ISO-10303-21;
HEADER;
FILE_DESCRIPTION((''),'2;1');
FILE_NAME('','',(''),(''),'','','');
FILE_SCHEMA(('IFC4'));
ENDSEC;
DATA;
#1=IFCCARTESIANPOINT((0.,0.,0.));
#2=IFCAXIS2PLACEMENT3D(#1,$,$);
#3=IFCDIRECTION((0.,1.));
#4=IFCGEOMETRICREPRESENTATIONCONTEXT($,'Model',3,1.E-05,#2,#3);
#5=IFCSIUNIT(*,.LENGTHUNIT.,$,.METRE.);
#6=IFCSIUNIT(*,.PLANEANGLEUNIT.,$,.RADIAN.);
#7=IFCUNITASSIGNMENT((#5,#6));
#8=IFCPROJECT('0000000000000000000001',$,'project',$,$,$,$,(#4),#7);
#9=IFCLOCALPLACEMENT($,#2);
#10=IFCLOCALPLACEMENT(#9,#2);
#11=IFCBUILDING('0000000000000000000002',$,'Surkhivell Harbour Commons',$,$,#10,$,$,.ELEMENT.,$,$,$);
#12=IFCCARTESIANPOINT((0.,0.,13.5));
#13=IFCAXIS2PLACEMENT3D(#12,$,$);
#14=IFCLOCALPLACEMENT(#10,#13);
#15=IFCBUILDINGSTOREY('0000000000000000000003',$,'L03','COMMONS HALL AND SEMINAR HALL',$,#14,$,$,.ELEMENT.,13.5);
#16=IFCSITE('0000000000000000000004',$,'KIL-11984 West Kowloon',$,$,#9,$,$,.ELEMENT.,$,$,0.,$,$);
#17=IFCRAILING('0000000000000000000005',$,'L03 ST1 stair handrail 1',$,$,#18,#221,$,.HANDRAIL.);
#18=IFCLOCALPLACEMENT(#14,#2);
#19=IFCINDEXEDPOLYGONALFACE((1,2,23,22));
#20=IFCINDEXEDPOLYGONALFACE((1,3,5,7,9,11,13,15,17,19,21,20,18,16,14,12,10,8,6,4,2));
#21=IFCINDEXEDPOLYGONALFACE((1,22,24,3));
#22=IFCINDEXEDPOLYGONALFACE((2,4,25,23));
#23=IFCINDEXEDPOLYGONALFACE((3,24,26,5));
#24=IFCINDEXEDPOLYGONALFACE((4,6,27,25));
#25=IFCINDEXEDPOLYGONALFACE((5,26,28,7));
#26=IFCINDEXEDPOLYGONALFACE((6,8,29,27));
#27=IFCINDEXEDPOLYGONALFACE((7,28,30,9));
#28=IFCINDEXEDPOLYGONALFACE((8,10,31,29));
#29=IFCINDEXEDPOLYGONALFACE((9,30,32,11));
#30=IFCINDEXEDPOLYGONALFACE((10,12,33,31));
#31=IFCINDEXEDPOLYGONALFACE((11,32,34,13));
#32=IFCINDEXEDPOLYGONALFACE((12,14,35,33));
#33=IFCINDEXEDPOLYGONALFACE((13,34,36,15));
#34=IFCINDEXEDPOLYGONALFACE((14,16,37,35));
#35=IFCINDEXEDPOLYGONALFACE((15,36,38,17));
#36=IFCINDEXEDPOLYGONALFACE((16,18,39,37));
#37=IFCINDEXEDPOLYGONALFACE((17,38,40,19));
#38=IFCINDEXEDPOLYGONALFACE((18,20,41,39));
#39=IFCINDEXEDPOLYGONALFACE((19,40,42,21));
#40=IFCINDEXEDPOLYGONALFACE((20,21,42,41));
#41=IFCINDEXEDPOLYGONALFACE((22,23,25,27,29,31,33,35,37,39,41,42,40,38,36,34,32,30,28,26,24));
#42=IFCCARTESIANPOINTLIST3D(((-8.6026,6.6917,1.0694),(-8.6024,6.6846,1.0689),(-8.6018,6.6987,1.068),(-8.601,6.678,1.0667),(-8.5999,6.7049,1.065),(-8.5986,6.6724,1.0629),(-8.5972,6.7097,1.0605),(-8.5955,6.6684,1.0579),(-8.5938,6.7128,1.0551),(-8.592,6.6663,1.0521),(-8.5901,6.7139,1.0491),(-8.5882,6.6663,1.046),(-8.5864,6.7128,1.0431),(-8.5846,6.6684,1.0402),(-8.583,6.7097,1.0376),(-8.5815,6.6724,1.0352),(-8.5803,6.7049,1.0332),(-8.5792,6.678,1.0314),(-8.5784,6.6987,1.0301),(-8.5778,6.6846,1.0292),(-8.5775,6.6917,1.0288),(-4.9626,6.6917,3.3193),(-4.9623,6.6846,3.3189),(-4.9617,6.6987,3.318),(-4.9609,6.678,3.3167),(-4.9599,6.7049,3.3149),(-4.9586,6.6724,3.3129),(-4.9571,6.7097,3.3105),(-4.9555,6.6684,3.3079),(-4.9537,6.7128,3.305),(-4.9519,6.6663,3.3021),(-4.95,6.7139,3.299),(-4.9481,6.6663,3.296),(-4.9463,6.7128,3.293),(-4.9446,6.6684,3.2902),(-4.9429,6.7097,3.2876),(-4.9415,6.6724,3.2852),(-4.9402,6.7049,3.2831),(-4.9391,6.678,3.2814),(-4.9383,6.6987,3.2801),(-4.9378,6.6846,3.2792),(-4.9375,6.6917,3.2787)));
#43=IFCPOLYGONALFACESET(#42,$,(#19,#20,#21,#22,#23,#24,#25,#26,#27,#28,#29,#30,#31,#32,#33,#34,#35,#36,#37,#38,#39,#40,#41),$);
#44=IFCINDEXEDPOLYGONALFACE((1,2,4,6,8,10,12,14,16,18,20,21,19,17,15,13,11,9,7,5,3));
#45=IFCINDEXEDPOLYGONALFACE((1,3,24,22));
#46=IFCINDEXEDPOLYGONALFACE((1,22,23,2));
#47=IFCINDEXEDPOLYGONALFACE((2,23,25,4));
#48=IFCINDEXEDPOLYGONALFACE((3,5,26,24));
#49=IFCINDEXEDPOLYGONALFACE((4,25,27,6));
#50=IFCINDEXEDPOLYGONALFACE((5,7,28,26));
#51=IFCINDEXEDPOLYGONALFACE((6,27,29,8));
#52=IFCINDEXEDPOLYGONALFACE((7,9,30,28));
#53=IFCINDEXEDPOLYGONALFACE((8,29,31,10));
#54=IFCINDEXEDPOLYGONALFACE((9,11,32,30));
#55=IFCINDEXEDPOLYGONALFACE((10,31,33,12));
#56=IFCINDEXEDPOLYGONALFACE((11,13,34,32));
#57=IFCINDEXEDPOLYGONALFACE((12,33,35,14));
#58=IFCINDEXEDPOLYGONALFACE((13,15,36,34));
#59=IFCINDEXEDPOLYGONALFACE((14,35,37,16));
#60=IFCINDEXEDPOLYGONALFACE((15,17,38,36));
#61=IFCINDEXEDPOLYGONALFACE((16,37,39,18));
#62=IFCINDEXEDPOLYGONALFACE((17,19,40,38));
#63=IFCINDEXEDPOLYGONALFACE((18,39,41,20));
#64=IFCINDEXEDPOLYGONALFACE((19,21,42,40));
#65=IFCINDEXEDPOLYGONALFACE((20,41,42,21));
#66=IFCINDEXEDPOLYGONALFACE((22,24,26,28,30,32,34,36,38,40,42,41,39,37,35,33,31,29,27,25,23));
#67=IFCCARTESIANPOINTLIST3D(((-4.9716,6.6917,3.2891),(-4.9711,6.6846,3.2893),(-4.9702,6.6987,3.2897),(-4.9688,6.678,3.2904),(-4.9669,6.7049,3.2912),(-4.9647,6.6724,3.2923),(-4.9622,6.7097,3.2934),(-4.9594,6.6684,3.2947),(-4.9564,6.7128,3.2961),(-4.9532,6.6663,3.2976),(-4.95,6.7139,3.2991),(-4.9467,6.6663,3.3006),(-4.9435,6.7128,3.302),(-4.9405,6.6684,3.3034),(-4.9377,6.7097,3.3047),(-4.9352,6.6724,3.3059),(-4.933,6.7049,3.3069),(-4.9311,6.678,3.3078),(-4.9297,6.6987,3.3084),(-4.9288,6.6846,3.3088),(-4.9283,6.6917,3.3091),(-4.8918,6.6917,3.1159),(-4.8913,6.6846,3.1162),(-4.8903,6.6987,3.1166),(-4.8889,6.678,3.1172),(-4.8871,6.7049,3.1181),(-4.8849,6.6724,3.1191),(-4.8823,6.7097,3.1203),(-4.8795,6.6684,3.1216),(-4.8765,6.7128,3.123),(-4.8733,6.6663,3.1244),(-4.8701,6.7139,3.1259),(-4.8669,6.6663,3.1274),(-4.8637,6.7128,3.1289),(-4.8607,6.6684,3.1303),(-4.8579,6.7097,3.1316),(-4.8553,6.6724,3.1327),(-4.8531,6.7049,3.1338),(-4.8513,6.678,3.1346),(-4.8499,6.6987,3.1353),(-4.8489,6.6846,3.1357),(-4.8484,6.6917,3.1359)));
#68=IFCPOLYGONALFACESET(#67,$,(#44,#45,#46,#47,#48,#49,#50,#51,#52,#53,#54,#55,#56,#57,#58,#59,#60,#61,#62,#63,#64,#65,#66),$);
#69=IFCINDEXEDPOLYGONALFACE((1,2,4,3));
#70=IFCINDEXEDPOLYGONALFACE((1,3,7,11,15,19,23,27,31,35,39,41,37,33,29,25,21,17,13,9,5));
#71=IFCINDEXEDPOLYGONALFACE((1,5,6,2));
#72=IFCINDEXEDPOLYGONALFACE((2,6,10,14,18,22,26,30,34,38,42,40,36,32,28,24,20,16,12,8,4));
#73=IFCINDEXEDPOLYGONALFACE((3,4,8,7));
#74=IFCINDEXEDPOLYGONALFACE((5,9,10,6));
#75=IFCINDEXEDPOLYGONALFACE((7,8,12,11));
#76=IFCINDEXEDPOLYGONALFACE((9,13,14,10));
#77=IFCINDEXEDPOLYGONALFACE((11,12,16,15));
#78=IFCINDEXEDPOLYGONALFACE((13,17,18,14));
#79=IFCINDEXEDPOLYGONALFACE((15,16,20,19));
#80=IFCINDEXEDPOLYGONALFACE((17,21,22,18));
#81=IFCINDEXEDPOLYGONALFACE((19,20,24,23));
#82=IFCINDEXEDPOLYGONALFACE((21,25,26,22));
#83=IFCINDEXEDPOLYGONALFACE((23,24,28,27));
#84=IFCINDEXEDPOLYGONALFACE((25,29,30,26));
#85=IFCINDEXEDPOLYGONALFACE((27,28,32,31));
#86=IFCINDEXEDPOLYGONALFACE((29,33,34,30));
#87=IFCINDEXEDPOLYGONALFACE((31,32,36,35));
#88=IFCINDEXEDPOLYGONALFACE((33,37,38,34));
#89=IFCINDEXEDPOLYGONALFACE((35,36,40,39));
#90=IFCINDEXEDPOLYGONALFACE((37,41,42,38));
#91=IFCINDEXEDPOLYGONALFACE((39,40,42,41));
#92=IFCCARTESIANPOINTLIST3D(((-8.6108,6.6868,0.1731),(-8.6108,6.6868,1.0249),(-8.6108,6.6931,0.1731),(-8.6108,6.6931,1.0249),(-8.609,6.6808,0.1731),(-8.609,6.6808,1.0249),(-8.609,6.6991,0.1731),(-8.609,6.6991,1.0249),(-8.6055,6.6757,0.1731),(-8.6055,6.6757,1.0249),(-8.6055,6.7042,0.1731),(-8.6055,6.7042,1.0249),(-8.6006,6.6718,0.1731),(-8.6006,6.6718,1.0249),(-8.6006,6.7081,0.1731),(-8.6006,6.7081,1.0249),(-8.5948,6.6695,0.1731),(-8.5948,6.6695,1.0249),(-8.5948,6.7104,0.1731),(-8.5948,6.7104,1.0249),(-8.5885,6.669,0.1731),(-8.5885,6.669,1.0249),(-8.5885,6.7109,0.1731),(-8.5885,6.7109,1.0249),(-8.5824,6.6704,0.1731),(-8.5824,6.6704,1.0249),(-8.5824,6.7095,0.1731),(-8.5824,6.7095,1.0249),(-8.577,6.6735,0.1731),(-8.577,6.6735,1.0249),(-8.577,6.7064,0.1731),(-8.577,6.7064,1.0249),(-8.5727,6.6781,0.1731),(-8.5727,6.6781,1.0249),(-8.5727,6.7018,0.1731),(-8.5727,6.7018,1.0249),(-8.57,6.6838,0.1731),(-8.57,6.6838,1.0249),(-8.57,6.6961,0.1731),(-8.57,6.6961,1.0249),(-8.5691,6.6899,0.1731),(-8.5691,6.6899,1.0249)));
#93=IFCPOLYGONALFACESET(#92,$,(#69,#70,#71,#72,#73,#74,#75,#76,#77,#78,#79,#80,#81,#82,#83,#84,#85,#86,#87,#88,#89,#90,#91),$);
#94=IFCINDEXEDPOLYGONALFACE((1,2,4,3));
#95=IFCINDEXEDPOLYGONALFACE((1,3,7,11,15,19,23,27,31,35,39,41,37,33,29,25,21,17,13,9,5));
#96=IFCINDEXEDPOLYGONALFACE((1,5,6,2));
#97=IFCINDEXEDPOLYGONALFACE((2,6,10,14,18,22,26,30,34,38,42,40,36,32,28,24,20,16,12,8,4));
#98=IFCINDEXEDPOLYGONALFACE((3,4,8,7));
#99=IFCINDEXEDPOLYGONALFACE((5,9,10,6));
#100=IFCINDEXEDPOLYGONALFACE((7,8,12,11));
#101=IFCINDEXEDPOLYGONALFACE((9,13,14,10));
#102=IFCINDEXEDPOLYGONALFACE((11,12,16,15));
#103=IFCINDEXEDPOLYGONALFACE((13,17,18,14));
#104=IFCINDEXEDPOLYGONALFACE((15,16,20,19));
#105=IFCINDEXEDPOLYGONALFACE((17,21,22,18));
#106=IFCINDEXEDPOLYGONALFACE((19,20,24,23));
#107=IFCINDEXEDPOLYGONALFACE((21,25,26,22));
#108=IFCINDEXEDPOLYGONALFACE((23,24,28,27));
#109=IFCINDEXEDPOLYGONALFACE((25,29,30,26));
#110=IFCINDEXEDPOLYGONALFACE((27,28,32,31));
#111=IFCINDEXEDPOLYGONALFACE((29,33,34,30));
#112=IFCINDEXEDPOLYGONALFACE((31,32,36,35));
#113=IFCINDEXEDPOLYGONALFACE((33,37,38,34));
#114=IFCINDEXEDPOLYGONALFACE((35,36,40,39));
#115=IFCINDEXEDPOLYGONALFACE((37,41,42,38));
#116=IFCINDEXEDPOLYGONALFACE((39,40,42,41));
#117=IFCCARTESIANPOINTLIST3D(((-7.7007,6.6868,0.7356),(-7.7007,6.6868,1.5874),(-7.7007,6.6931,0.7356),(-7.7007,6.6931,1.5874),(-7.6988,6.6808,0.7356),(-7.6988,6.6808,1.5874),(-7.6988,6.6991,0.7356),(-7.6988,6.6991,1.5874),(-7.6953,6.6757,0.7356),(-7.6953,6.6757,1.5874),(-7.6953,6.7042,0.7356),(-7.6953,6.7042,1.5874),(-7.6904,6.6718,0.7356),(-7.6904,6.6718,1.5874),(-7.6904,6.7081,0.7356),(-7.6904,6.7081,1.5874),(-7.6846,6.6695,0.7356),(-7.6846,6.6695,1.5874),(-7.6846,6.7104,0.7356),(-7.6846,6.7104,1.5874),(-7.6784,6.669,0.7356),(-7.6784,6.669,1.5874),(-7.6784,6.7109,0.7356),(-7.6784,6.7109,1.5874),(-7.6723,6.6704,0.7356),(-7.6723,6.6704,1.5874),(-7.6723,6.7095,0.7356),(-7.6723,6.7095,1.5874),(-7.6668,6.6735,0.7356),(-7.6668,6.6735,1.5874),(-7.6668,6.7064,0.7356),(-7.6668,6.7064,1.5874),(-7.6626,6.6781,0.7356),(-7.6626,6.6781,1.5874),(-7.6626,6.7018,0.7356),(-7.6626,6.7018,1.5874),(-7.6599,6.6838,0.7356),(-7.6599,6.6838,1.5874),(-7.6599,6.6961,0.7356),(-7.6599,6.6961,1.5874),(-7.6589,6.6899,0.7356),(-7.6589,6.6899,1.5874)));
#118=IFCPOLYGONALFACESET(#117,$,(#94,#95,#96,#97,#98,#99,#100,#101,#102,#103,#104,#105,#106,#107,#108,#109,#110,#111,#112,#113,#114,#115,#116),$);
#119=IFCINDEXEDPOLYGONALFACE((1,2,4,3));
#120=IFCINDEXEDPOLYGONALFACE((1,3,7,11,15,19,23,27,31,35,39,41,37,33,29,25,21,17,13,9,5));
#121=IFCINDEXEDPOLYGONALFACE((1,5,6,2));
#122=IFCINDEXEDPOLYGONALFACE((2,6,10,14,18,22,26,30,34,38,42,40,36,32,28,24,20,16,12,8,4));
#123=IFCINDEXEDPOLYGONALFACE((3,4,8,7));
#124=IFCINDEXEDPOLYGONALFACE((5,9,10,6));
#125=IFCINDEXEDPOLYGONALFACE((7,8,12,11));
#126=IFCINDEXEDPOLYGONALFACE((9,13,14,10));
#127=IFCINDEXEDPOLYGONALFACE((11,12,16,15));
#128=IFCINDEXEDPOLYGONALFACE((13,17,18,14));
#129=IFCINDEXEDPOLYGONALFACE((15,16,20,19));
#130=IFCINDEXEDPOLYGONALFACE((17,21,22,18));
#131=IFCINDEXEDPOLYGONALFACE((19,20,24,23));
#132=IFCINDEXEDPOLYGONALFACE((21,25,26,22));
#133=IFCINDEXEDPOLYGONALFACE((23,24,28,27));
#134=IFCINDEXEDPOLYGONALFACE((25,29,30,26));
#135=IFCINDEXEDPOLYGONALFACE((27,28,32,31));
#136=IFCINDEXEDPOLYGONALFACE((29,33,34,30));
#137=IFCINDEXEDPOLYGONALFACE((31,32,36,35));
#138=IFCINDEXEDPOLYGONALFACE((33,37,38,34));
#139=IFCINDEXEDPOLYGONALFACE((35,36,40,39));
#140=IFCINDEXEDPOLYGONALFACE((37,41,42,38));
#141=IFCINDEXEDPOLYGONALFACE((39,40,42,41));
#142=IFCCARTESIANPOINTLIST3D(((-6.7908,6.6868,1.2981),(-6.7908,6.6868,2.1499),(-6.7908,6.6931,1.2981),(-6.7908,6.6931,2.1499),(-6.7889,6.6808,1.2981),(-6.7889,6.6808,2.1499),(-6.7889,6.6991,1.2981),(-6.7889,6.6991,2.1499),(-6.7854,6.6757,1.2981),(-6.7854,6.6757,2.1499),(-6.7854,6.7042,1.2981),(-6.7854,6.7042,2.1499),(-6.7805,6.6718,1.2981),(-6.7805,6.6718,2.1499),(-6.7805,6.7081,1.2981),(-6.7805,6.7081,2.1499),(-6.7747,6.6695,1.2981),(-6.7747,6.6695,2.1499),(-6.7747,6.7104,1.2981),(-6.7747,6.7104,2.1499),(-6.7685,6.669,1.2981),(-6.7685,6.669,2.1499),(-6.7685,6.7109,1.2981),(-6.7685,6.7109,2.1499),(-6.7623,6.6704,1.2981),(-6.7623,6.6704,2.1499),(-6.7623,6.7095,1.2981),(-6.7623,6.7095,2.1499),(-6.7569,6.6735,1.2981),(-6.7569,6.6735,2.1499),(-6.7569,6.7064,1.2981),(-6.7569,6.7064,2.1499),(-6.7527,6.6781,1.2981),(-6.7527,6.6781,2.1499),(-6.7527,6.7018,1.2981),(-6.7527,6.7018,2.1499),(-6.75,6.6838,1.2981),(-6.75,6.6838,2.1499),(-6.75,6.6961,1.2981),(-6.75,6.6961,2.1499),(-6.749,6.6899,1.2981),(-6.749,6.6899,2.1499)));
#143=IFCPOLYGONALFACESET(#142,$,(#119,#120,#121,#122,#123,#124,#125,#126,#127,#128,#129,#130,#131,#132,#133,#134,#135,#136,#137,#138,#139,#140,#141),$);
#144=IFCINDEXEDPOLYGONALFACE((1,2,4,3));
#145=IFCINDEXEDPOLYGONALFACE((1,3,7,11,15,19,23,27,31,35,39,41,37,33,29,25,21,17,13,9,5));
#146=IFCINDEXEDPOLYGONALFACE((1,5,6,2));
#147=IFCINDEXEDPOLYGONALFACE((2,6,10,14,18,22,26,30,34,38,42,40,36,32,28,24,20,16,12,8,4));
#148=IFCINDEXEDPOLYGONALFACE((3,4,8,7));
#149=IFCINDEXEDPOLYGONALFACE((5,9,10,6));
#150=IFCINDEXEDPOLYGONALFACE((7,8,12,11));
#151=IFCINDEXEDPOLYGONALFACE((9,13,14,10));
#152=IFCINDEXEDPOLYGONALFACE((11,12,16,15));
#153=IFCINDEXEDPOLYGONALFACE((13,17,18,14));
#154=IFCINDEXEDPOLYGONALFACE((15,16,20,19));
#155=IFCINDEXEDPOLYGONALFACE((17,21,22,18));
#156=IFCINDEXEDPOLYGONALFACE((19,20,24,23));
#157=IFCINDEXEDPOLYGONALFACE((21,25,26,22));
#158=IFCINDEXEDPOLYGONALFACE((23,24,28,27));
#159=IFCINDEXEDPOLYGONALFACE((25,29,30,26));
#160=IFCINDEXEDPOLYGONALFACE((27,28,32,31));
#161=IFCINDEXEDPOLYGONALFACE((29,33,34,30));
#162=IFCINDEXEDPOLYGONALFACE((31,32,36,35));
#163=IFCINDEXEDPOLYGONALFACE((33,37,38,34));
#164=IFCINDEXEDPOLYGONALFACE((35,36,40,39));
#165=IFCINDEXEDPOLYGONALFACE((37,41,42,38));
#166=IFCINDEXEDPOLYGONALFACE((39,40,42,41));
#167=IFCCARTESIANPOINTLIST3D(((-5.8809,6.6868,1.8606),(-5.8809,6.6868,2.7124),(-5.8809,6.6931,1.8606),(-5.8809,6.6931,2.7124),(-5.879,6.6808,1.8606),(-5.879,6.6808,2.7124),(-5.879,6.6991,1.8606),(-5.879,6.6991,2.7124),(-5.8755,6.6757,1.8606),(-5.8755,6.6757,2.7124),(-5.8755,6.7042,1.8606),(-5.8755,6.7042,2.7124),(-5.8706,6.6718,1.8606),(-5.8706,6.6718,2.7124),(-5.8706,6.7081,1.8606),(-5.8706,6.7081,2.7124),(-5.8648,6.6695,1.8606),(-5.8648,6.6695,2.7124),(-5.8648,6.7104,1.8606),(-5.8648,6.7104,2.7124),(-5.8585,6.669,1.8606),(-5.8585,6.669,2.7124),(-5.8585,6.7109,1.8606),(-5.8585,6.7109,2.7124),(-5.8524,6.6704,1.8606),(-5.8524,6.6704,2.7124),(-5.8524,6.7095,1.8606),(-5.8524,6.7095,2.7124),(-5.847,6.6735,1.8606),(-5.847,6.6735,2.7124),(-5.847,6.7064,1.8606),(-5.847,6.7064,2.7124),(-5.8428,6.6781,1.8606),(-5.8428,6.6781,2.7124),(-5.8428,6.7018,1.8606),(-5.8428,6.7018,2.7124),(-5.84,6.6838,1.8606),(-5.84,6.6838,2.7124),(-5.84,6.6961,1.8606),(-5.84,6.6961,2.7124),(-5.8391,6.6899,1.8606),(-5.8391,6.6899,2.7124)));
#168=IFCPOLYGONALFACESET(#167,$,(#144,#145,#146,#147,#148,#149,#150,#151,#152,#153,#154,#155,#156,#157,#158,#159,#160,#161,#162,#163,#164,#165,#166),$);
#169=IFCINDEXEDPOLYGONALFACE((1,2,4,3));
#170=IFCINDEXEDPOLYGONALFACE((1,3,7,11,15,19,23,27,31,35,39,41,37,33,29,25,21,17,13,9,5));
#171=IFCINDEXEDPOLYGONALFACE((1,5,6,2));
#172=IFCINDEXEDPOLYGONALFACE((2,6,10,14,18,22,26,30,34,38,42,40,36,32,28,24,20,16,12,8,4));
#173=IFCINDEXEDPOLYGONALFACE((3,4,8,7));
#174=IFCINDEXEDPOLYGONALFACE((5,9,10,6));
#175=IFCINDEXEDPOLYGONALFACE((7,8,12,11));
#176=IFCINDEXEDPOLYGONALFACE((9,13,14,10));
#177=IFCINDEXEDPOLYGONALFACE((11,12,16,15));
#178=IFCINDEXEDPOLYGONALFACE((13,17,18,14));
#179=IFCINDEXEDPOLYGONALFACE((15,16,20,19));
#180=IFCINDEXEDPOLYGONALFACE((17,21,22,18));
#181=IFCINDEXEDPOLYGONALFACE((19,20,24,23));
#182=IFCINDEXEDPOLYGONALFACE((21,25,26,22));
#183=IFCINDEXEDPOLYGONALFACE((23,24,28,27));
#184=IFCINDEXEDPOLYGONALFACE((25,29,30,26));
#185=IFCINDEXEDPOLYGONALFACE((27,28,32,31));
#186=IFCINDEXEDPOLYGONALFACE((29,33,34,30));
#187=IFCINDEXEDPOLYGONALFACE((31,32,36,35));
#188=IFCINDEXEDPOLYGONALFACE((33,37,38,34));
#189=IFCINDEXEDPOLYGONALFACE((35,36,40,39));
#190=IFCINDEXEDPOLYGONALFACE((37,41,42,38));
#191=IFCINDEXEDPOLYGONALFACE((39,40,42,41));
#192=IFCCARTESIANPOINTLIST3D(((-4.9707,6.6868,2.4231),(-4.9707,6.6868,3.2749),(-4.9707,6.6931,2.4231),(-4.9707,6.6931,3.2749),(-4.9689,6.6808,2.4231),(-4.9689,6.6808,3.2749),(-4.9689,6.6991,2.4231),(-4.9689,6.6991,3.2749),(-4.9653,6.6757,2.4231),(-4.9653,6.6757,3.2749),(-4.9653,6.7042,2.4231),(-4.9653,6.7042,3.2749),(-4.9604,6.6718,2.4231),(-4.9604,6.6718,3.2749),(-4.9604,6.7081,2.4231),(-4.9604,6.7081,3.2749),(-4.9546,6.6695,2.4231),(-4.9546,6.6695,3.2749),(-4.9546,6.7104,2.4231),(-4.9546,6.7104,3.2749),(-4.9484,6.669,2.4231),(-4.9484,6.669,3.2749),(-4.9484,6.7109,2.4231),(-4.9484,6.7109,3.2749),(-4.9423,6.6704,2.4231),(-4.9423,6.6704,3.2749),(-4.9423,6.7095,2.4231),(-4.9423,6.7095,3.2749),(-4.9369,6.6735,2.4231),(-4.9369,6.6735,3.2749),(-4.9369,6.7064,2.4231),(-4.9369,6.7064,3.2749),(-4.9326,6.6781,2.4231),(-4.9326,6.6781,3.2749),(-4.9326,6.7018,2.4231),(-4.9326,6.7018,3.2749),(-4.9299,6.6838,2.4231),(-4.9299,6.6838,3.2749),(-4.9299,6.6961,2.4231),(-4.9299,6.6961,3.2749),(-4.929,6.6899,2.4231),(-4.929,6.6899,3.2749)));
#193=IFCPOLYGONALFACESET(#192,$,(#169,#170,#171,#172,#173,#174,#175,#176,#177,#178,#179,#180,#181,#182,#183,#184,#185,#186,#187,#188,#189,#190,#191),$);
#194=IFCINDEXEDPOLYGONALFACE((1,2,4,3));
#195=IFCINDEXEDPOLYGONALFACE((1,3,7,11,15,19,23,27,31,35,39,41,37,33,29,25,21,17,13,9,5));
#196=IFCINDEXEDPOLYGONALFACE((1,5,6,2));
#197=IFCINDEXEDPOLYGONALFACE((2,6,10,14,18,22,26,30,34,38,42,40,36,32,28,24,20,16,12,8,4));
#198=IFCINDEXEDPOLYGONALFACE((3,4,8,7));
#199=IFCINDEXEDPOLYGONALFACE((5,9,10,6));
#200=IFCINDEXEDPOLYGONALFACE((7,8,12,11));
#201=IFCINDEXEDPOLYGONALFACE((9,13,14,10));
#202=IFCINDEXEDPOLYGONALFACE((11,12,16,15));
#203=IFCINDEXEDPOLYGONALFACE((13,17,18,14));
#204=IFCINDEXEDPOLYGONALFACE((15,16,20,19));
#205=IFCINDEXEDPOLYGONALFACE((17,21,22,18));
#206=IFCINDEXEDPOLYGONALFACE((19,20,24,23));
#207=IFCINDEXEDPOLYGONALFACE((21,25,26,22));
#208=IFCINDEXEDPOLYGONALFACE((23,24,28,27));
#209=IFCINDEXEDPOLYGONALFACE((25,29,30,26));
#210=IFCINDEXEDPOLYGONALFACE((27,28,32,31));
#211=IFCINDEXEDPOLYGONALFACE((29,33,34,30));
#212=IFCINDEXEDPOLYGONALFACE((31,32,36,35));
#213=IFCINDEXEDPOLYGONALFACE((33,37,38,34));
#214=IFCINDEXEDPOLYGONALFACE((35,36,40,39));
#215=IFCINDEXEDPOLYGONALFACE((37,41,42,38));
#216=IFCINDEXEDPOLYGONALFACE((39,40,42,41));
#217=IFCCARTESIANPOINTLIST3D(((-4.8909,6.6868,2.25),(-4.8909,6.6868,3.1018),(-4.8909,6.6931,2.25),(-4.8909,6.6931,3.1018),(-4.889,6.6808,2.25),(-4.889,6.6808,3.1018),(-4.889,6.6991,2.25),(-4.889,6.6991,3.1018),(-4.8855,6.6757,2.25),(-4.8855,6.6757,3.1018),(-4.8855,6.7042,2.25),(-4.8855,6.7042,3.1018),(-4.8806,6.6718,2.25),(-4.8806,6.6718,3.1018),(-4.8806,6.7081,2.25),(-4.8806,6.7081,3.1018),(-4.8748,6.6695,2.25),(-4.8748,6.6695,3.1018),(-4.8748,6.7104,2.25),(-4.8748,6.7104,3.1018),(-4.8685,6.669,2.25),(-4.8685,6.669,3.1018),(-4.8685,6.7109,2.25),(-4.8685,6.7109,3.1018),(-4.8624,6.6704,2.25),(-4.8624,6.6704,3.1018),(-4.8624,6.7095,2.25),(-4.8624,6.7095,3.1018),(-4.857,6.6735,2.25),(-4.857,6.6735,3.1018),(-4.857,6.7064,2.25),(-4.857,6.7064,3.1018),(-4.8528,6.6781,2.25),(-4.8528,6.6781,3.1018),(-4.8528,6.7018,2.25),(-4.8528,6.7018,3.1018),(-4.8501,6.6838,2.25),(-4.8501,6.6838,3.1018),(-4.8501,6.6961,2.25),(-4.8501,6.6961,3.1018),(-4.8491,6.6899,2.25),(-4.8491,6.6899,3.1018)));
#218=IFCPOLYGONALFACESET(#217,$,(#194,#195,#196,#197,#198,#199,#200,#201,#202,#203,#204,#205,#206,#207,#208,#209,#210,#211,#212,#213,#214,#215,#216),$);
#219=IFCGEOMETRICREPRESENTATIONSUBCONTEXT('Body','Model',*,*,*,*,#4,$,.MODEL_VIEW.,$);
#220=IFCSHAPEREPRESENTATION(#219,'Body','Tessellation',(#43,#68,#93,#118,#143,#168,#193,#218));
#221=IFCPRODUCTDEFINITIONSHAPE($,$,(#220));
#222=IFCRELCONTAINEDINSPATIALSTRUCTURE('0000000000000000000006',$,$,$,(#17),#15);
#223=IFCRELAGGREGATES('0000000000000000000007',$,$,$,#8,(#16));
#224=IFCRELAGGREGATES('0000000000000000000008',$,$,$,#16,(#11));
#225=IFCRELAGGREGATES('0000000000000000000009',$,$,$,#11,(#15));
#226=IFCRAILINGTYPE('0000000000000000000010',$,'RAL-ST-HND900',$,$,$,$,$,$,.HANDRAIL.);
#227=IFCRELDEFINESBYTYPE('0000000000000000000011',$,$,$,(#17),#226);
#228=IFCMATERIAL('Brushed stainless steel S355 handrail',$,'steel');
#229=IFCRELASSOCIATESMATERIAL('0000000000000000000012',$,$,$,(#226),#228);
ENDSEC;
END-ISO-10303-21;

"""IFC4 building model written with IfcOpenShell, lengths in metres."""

from ifc_helpers import new_model, si_unit, direction, frame, origin, origin_2d, place, context, subcontext, project, spatial, circle, extrude, material, type_object, element, save


model = new_model("IFC4")

# Units and contexts
model_context = context("Model", 3, precision=1e-05, world=origin(), true_north=direction((0.0, 1.0)))
body_context = subcontext(model_context, "Body", "Model", "MODEL_VIEW")
ifc_project = project(units=[si_unit("LENGTHUNIT", "METRE"), si_unit("PLANEANGLEUNIT", "RADIAN")], contexts=[model_context])

# Site, building, storey
site_placement = place(None, origin())
site = spatial("IfcSite", under=ifc_project, at=site_placement, Name="KIL-11984 West Kowloon", CompositionType="ELEMENT", RefElevation=0.0)
building_placement = place(site_placement, origin())
building = spatial("IfcBuilding", under=site, at=building_placement, Name="Surkhivell Harbour Commons", CompositionType="ELEMENT")
storey_placement = place(building_placement, frame((0.0, 0.0, 13.5)))
storey = spatial("IfcBuildingStorey", under=building, at=storey_placement, Name="L03", Description="COMMONS HALL AND SEMINAR HALL", CompositionType="ELEMENT", Elevation=13.5)

# Railing
ifc_material_1 = material(Name="Brushed stainless steel S355 handrail", Category="steel")
railing_type_1 = type_object("IfcRailingType", Name="RAL-ST-HND900", PredefinedType="HANDRAIL", material=ifc_material_1)
railing_1_placement = place(storey_placement, frame((-8.5901, 6.6899, 0.1731)))
element("IfcRailing", 1, at=railing_1_placement, inside=storey, type_object=railing_type_1, Name="L03 ST1 stair handrail 1", PredefinedType="HANDRAIL", context=body_context, shape_type="SweptSolid", body=[
    extrude(circle(Radius=0.0239, at=origin_2d()), frame((0.0, 0.0, 0.876), z_axis=(0.850622, 0.0, 0.525777), x_axis=(0.0, 1.0, 0.0)), (0.0, 0.0, 1.0), 4.2793),
    extrude(circle(Radius=0.0239, at=origin_2d()), frame((3.6401, 0.0, 3.126), z_axis=(0.418815, 0.0, -0.908072), x_axis=(0.0, 1.0, 0.0)), (0.0, 0.0, 1.0), 0.1907),
    extrude(circle(Radius=0.021, at=origin_2d()), origin(), (0.0, 0.0, 1.0), 0.8518),
    extrude(circle(Radius=0.021, at=origin_2d()), frame((0.9102, 0.0, 0.5625)), (0.0, 0.0, 1.0), 0.8518),
    extrude(circle(Radius=0.021, at=origin_2d()), frame((1.8201, 0.0, 1.125)), (0.0, 0.0, 1.0), 0.8518),
    extrude(circle(Radius=0.021, at=origin_2d()), frame((2.73, 0.0, 1.6875)), (0.0, 0.0, 1.0), 0.8518),
    extrude(circle(Radius=0.021, at=origin_2d()), frame((3.6401, 0.0, 2.25)), (0.0, 0.0, 1.0), 0.8518),
    extrude(circle(Radius=0.021, at=origin_2d()), frame((3.72, 0.0, 2.0769)), (0.0, 0.0, 1.0), 0.8518),
])

save(model, "model.ifc")
